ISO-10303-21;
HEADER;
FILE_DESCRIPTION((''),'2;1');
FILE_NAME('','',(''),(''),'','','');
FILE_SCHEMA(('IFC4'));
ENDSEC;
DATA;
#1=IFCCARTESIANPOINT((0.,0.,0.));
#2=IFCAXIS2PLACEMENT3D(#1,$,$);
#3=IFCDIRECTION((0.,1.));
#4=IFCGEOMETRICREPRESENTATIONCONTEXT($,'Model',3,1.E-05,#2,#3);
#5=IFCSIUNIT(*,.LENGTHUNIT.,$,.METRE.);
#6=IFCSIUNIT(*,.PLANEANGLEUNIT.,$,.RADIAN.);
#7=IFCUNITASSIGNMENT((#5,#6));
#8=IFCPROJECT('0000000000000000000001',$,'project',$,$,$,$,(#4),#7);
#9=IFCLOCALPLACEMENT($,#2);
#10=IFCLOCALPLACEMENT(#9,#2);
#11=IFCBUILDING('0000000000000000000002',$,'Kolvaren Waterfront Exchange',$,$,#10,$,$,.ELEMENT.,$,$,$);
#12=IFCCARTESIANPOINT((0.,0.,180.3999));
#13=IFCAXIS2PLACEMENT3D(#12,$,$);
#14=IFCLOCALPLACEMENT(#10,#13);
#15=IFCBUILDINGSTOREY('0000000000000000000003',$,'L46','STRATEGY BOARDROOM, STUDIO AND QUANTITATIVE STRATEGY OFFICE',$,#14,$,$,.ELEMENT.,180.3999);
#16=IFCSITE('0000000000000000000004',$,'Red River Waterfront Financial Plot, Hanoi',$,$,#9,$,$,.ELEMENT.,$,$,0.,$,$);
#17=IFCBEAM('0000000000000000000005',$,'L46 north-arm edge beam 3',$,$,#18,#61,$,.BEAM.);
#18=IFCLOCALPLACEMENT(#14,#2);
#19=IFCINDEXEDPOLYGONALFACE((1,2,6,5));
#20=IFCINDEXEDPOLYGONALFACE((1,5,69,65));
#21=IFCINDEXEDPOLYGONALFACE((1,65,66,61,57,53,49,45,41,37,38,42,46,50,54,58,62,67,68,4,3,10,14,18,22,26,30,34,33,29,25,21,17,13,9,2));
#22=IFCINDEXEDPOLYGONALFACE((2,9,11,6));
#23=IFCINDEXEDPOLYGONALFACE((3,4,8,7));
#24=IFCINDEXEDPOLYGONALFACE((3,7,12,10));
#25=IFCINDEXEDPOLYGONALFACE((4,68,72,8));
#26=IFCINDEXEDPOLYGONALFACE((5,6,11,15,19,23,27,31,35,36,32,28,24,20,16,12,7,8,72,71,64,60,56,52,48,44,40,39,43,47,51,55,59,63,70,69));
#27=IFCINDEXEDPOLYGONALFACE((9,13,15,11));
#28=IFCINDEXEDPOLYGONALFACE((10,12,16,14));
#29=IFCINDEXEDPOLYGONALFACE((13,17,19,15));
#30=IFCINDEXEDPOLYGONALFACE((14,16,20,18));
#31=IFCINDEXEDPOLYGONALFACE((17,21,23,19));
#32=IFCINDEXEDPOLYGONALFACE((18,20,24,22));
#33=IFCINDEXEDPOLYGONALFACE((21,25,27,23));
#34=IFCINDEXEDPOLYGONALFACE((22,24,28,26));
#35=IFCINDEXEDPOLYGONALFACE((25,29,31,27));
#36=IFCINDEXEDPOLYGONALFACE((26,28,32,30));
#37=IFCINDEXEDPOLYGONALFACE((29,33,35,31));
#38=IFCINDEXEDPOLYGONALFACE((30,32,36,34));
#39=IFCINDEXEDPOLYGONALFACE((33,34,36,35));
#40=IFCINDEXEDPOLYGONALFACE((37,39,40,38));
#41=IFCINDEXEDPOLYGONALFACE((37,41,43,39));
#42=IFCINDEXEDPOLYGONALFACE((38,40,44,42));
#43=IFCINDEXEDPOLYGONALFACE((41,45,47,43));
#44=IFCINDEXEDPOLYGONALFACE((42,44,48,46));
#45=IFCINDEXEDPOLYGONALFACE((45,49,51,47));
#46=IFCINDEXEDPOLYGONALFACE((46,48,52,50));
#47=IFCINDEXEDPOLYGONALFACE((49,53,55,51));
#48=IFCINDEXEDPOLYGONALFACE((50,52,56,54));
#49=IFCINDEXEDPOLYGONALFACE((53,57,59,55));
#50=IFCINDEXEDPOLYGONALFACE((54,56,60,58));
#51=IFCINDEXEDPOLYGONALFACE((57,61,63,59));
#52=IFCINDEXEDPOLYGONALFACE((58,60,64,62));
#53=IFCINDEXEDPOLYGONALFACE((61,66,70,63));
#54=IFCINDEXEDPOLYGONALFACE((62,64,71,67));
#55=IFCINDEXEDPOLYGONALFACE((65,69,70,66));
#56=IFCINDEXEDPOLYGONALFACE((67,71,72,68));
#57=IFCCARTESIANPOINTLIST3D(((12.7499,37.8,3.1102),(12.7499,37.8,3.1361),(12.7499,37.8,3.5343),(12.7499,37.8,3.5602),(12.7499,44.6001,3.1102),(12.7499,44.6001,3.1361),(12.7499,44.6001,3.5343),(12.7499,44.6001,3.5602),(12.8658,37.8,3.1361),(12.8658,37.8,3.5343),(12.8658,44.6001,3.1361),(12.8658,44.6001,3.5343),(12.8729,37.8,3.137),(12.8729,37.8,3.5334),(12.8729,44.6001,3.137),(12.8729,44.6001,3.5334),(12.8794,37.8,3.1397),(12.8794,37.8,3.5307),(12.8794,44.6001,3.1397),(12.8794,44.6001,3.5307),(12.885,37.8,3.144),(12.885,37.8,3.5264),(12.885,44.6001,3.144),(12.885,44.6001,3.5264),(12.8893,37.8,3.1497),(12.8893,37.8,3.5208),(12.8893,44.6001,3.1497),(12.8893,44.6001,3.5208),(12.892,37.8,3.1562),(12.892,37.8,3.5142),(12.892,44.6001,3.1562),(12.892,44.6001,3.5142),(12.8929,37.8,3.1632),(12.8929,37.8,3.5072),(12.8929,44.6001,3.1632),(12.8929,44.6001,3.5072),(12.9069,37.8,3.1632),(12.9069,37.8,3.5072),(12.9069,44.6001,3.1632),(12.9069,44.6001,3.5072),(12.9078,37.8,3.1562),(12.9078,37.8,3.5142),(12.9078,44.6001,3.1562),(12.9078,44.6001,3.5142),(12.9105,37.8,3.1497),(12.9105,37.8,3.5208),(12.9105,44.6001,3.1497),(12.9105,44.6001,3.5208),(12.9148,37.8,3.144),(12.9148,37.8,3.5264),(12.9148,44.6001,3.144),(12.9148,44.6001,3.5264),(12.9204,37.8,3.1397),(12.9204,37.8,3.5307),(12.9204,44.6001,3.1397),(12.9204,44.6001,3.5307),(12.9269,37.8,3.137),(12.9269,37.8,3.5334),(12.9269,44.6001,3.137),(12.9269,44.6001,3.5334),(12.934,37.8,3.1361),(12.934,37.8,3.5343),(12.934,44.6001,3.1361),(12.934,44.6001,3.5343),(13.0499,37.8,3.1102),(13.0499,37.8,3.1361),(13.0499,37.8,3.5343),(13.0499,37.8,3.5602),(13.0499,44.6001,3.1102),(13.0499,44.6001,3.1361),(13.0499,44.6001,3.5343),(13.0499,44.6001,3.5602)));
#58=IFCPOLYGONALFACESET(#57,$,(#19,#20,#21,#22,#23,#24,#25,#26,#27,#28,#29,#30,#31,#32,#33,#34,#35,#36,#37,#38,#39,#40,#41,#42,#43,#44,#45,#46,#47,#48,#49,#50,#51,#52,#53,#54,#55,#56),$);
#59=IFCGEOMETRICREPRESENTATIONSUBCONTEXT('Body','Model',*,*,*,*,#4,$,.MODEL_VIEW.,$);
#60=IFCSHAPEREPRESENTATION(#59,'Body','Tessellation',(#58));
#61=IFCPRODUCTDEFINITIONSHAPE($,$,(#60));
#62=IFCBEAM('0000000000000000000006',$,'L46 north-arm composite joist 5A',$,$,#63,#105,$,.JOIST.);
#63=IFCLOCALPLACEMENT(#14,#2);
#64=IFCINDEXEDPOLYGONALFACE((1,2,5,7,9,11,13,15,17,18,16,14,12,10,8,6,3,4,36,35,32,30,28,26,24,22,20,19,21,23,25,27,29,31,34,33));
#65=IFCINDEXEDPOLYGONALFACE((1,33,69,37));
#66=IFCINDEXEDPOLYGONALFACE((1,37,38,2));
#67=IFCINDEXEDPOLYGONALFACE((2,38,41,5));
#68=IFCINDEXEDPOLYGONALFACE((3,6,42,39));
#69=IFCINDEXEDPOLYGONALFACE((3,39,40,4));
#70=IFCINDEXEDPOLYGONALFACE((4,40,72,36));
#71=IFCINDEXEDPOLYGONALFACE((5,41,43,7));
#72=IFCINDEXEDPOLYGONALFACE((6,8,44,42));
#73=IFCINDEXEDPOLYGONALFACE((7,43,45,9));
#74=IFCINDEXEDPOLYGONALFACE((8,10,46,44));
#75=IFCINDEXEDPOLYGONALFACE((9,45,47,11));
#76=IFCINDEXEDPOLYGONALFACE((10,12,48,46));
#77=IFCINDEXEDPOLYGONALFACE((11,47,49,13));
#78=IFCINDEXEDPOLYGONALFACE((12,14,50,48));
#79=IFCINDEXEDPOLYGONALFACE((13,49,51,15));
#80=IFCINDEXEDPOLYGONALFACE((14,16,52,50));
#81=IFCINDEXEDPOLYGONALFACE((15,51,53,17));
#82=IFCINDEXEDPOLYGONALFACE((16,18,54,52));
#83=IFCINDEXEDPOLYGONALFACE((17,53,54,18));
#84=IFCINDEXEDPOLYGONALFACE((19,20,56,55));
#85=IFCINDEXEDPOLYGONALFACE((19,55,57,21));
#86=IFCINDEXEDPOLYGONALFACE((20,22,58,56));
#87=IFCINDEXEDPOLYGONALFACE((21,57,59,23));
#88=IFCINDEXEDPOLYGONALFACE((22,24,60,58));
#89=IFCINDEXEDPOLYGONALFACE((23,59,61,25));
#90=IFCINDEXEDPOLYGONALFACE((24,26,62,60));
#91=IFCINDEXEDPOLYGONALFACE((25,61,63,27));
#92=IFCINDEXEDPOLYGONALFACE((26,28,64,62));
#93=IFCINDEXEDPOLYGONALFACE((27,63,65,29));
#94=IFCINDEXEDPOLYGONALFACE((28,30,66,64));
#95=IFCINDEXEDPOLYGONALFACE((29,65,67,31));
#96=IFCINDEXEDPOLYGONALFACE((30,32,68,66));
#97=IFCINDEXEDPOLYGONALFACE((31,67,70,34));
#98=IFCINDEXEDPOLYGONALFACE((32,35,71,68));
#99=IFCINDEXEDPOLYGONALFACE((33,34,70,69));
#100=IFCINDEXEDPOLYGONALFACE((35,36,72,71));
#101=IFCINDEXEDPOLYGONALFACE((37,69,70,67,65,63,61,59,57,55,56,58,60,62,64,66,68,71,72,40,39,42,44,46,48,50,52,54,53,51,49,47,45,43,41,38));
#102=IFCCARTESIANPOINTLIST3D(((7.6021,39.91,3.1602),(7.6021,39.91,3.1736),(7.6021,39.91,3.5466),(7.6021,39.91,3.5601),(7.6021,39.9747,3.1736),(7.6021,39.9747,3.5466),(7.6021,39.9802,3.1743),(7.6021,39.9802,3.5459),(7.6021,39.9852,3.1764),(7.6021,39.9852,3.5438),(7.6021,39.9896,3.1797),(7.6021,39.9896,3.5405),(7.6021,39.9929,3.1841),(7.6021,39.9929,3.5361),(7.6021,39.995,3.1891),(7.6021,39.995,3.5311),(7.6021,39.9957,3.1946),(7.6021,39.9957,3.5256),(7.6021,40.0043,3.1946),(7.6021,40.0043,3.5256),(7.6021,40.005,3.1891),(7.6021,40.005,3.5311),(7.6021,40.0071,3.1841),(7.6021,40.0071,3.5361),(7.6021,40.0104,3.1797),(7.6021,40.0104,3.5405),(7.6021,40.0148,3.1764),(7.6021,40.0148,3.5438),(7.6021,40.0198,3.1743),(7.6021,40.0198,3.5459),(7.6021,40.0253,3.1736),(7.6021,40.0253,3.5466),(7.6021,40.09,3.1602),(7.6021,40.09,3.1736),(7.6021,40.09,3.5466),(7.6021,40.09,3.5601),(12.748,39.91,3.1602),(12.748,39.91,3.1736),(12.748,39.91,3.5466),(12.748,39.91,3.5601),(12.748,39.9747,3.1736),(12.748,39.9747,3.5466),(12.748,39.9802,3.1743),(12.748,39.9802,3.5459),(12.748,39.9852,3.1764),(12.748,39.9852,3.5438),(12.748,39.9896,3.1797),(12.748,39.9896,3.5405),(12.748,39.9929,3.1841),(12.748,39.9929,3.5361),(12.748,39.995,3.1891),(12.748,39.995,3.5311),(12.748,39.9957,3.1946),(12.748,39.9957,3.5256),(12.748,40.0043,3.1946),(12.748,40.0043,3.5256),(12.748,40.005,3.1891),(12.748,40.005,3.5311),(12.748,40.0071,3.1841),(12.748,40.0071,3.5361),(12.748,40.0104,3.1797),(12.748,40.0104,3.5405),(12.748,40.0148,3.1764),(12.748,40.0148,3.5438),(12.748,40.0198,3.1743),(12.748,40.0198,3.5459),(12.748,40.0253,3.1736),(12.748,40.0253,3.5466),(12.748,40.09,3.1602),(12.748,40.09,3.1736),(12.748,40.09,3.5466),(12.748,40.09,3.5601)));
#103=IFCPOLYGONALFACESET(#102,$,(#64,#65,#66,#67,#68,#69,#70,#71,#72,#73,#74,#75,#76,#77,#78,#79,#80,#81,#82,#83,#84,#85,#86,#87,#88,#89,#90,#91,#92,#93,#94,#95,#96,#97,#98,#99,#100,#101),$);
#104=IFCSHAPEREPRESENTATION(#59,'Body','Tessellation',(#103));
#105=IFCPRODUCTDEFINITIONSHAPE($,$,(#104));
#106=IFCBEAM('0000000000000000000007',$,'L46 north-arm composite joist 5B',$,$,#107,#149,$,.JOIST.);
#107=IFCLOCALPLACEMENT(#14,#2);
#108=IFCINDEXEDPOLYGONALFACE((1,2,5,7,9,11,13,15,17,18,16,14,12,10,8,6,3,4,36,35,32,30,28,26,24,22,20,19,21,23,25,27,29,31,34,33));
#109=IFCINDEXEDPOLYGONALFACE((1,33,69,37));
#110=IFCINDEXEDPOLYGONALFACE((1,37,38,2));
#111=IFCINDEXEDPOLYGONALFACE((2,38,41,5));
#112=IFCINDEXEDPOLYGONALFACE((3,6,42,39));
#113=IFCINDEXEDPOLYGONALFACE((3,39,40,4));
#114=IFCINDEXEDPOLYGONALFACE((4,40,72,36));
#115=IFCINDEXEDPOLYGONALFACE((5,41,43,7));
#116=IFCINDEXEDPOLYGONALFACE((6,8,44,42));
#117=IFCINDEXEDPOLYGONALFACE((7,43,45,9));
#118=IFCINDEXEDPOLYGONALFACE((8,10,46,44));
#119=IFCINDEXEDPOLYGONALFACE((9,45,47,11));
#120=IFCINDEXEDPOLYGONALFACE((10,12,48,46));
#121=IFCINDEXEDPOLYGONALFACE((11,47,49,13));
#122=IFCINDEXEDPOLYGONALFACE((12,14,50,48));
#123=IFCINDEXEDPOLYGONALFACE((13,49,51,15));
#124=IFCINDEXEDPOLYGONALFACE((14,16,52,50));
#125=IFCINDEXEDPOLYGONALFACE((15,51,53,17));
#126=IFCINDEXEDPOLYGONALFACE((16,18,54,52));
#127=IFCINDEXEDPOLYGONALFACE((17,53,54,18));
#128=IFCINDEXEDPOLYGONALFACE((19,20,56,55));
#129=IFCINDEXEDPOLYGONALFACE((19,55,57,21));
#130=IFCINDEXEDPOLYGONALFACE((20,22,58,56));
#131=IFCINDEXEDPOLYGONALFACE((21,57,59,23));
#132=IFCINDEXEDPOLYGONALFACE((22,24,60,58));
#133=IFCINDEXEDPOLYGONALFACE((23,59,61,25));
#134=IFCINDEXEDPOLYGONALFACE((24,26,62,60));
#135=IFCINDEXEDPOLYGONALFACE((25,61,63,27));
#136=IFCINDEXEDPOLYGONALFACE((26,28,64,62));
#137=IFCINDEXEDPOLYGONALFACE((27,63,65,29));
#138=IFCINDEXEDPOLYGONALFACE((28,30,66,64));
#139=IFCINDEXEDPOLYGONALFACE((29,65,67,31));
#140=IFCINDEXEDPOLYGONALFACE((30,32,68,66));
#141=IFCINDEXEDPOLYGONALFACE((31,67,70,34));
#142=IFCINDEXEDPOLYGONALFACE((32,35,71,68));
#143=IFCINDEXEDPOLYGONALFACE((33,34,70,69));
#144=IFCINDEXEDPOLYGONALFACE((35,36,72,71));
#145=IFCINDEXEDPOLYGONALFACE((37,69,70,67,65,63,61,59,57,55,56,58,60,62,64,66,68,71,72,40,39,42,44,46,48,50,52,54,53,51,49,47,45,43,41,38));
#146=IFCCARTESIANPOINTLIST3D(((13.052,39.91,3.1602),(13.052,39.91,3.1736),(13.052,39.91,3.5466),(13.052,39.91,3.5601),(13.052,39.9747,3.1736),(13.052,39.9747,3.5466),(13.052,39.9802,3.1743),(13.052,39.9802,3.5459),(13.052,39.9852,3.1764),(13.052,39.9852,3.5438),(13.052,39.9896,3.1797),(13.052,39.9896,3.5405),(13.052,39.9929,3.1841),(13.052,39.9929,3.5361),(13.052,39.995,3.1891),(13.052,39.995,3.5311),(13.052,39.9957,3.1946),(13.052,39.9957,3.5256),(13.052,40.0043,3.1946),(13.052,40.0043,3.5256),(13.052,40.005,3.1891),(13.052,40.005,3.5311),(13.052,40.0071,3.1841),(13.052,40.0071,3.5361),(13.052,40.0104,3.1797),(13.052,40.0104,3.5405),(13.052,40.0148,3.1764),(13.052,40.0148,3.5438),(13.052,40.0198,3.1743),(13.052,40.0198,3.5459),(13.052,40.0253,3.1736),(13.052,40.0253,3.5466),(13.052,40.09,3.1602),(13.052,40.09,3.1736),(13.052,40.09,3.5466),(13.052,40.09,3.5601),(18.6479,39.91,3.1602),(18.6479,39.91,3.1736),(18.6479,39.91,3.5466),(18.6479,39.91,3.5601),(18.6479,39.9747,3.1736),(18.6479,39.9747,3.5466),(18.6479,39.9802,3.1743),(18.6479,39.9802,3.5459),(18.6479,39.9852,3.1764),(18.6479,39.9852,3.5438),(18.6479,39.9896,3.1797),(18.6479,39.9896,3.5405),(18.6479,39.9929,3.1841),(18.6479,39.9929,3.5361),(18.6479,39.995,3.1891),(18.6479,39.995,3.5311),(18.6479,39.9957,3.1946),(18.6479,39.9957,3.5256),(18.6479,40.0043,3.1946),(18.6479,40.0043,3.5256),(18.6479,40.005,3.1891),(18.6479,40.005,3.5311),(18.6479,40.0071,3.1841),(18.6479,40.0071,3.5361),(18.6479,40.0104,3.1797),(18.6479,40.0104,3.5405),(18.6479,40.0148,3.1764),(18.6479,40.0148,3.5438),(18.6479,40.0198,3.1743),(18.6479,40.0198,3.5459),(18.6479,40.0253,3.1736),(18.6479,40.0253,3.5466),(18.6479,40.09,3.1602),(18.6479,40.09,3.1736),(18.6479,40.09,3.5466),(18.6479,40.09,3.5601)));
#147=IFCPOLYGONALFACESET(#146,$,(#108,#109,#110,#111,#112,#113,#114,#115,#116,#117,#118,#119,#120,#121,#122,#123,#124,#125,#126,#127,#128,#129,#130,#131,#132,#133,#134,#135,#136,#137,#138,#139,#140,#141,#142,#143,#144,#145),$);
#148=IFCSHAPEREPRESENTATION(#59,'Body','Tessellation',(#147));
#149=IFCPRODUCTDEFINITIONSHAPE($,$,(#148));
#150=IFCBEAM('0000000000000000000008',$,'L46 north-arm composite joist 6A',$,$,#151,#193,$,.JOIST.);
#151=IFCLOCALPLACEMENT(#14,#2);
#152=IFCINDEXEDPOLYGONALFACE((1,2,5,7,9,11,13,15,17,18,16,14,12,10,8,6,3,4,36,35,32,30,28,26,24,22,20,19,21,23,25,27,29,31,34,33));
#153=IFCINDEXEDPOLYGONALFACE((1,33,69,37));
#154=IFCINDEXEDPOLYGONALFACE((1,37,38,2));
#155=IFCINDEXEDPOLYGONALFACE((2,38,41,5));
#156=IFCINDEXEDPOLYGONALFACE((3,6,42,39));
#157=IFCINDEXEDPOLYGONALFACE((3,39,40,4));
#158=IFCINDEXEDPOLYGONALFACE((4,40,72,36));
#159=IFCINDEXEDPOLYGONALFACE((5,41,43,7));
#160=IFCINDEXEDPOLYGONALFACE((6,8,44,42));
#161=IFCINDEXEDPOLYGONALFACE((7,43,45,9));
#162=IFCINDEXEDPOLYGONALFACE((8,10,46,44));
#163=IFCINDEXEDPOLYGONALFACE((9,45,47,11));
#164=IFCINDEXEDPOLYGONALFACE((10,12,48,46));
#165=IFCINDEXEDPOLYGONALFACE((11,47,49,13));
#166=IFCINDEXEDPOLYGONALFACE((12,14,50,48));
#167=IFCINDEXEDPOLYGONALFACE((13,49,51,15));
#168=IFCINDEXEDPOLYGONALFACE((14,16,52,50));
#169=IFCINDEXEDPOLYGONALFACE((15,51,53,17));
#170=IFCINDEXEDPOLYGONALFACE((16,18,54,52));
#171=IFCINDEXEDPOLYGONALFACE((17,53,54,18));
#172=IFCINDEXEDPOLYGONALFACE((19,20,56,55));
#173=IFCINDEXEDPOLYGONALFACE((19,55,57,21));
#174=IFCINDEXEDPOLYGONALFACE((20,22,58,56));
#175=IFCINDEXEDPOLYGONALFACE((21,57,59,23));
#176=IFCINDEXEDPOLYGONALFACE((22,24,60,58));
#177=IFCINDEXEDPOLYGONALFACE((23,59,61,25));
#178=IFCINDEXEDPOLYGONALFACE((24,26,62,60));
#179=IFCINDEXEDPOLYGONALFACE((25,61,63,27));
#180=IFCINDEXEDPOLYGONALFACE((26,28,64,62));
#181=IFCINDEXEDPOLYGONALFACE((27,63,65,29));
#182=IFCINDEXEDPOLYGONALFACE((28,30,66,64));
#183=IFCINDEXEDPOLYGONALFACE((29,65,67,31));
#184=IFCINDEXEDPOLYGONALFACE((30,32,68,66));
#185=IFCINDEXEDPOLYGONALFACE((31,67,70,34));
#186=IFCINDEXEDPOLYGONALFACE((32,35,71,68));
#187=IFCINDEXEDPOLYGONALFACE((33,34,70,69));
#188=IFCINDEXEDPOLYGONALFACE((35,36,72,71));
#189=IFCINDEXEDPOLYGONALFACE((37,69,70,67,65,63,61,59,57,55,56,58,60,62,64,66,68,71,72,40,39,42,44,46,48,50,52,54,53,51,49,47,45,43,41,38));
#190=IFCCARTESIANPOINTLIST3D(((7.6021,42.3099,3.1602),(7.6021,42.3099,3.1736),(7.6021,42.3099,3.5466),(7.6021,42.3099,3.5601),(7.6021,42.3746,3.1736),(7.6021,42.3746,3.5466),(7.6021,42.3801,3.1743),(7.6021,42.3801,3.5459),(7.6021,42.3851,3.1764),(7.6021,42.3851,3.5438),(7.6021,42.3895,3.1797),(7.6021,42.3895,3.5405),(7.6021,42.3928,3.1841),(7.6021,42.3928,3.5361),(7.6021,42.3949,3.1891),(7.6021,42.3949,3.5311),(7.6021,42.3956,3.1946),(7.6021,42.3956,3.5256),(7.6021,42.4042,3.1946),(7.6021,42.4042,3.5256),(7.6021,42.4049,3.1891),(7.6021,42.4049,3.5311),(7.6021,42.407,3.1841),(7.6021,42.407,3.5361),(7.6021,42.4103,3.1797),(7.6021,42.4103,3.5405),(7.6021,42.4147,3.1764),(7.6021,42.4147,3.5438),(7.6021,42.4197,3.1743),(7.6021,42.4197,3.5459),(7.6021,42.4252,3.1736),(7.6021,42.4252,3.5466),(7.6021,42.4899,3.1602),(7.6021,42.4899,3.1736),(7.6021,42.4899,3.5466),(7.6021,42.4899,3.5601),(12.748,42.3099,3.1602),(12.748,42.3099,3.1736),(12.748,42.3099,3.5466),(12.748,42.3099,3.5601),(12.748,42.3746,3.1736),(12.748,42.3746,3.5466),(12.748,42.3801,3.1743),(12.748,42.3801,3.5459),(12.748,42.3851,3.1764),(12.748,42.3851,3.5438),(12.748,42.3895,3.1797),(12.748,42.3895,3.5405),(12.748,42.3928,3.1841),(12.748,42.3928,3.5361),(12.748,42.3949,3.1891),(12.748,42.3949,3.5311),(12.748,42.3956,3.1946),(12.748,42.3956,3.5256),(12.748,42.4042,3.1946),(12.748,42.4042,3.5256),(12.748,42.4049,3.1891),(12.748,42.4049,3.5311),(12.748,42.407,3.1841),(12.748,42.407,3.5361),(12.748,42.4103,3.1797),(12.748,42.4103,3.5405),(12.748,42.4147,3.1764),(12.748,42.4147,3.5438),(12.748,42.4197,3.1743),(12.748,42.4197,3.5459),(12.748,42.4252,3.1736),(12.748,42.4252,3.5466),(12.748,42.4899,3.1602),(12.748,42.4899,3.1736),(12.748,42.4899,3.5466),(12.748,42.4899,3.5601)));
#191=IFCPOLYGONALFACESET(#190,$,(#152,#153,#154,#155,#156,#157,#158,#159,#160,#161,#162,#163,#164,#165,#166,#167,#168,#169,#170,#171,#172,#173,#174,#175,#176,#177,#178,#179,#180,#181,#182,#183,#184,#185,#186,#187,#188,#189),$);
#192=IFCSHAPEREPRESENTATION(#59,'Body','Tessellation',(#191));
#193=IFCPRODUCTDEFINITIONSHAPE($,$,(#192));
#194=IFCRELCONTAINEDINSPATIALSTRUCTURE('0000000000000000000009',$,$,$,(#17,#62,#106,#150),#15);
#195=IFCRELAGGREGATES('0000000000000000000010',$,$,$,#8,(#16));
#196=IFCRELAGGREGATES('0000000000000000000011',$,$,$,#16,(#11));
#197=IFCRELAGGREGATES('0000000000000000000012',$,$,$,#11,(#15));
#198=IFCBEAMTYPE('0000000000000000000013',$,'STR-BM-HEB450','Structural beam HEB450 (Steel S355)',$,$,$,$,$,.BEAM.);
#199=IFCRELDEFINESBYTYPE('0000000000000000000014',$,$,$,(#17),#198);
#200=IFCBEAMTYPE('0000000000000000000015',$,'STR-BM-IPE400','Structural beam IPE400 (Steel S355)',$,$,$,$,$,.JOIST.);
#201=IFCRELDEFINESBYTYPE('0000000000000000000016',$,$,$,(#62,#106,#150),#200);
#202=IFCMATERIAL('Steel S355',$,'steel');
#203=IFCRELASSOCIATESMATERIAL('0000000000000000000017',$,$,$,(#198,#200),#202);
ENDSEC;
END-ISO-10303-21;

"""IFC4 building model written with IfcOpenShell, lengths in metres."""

from ifc_helpers import new_model, si_unit, direction, frame, origin, origin_2d, place, context, subcontext, project, spatial, i_section, extrude, material, material_profile, profile_set, type_object, element, save


model = new_model("IFC4")

# Units and contexts
model_context = context("Model", 3, precision=1e-05, world=origin(), true_north=direction((0.0, 1.0)))
body_context = subcontext(model_context, "Body", "Model", "MODEL_VIEW")
ifc_project = project(units=[si_unit("LENGTHUNIT", "METRE"), si_unit("PLANEANGLEUNIT", "RADIAN")], contexts=[model_context])

# Site, building, storey
site_placement = place(None, origin())
site = spatial("IfcSite", under=ifc_project, at=site_placement, Name="Red River Waterfront Financial Plot, Hanoi", CompositionType="ELEMENT", RefElevation=0.0)
building_placement = place(site_placement, origin())
building = spatial("IfcBuilding", under=site, at=building_placement, Name="Kolvaren Waterfront Exchange", CompositionType="ELEMENT")
storey_placement = place(building_placement, frame((0.0, 0.0, 180.3999)))
storey = spatial("IfcBuildingStorey", under=building, at=storey_placement, Name="L46", Description="STRATEGY BOARDROOM, STUDIO AND QUANTITATIVE STRATEGY OFFICE", CompositionType="ELEMENT", Elevation=180.3999)

# Beams
ifc_material_1 = material(Name="Steel S355", Category="steel")
ifc_material_profile_1 = material_profile(ifc_material_1, i_section(OverallWidth=0.3, OverallDepth=0.45, WebThickness=0.0139, FlangeThickness=0.0259, FilletRadius=0.0271, at=origin_2d()), Name="HEB450")
ifc_profile_set_1 = profile_set([ifc_material_profile_1], Name="Steel S355")
beam_type_1 = type_object("IfcBeamType", Name="STR-BM-HEB450", Description="Structural beam HEB450 (Steel S355)", PredefinedType="BEAM", material=ifc_profile_set_1)
beam_1_placement = place(storey_placement, frame((12.8999, 37.8, 3.3352), z_axis=(0.0, 1.0, 0.0), x_axis=(-1.0, 0.0, 0.0)))
element("IfcBeam", 1, at=beam_1_placement, inside=storey, type_object=beam_type_1, Name="L46 north-arm edge beam 3", PredefinedType="BEAM", context=body_context, shape_type="SweptSolid", body=[
    extrude(i_section(OverallWidth=0.3, OverallDepth=0.45, WebThickness=0.0139, FlangeThickness=0.0259, FilletRadius=0.0271, at=origin_2d()), origin(), (0.0, 0.0, 1.0), 6.8),
])
ifc_material_profile_2 = material_profile(ifc_material_1, i_section(OverallWidth=0.1799, OverallDepth=0.3999, WebThickness=0.0085, FlangeThickness=0.0134, FilletRadius=0.021, at=origin_2d()), Name="IPE400")
ifc_profile_set_2 = profile_set([ifc_material_profile_2], Name="Steel S355")
beam_type_2 = type_object("IfcBeamType", Name="STR-BM-IPE400", Description="Structural beam IPE400 (Steel S355)", PredefinedType="JOIST", material=ifc_profile_set_2)
beam_2_placement = place(storey_placement, frame((7.6021, 40.0, 3.3601), z_axis=(1.0, 0.0, 0.0), x_axis=(0.0, 1.0, 0.0)))
element("IfcBeam", 2, at=beam_2_placement, inside=storey, type_object=beam_type_2, Name="L46 north-arm composite joist 5A", PredefinedType="JOIST", context=body_context, shape_type="SweptSolid", body=[
    extrude(i_section(OverallWidth=0.1799, OverallDepth=0.3999, WebThickness=0.0085, FlangeThickness=0.0134, FilletRadius=0.021, at=origin_2d()), origin(), (0.0, 0.0, 1.0), 5.146),
])
beam_3_placement = place(storey_placement, frame((13.052, 40.0, 3.3601), z_axis=(1.0, 0.0, 0.0), x_axis=(0.0, 1.0, 0.0)))
element("IfcBeam", 3, at=beam_3_placement, inside=storey, type_object=beam_type_2, Name="L46 north-arm composite joist 5B", PredefinedType="JOIST", context=body_context, shape_type="SweptSolid", body=[
    extrude(i_section(OverallWidth=0.1799, OverallDepth=0.3999, WebThickness=0.0085, FlangeThickness=0.0134, FilletRadius=0.021, at=origin_2d()), origin(), (0.0, 0.0, 1.0), 5.5959),
])
beam_4_placement = place(storey_placement, frame((7.6021, 42.3999, 3.3601), z_axis=(1.0, 0.0, 0.0), x_axis=(0.0, 1.0, 0.0)))
element("IfcBeam", 4, at=beam_4_placement, inside=storey, type_object=beam_type_2, Name="L46 north-arm composite joist 6A", PredefinedType="JOIST", context=body_context, shape_type="SweptSolid", body=[
    extrude(i_section(OverallWidth=0.1799, OverallDepth=0.3999, WebThickness=0.0085, FlangeThickness=0.0134, FilletRadius=0.021, at=origin_2d()), origin(), (0.0, 0.0, 1.0), 5.146),
])

save(model, "model.ifc")
